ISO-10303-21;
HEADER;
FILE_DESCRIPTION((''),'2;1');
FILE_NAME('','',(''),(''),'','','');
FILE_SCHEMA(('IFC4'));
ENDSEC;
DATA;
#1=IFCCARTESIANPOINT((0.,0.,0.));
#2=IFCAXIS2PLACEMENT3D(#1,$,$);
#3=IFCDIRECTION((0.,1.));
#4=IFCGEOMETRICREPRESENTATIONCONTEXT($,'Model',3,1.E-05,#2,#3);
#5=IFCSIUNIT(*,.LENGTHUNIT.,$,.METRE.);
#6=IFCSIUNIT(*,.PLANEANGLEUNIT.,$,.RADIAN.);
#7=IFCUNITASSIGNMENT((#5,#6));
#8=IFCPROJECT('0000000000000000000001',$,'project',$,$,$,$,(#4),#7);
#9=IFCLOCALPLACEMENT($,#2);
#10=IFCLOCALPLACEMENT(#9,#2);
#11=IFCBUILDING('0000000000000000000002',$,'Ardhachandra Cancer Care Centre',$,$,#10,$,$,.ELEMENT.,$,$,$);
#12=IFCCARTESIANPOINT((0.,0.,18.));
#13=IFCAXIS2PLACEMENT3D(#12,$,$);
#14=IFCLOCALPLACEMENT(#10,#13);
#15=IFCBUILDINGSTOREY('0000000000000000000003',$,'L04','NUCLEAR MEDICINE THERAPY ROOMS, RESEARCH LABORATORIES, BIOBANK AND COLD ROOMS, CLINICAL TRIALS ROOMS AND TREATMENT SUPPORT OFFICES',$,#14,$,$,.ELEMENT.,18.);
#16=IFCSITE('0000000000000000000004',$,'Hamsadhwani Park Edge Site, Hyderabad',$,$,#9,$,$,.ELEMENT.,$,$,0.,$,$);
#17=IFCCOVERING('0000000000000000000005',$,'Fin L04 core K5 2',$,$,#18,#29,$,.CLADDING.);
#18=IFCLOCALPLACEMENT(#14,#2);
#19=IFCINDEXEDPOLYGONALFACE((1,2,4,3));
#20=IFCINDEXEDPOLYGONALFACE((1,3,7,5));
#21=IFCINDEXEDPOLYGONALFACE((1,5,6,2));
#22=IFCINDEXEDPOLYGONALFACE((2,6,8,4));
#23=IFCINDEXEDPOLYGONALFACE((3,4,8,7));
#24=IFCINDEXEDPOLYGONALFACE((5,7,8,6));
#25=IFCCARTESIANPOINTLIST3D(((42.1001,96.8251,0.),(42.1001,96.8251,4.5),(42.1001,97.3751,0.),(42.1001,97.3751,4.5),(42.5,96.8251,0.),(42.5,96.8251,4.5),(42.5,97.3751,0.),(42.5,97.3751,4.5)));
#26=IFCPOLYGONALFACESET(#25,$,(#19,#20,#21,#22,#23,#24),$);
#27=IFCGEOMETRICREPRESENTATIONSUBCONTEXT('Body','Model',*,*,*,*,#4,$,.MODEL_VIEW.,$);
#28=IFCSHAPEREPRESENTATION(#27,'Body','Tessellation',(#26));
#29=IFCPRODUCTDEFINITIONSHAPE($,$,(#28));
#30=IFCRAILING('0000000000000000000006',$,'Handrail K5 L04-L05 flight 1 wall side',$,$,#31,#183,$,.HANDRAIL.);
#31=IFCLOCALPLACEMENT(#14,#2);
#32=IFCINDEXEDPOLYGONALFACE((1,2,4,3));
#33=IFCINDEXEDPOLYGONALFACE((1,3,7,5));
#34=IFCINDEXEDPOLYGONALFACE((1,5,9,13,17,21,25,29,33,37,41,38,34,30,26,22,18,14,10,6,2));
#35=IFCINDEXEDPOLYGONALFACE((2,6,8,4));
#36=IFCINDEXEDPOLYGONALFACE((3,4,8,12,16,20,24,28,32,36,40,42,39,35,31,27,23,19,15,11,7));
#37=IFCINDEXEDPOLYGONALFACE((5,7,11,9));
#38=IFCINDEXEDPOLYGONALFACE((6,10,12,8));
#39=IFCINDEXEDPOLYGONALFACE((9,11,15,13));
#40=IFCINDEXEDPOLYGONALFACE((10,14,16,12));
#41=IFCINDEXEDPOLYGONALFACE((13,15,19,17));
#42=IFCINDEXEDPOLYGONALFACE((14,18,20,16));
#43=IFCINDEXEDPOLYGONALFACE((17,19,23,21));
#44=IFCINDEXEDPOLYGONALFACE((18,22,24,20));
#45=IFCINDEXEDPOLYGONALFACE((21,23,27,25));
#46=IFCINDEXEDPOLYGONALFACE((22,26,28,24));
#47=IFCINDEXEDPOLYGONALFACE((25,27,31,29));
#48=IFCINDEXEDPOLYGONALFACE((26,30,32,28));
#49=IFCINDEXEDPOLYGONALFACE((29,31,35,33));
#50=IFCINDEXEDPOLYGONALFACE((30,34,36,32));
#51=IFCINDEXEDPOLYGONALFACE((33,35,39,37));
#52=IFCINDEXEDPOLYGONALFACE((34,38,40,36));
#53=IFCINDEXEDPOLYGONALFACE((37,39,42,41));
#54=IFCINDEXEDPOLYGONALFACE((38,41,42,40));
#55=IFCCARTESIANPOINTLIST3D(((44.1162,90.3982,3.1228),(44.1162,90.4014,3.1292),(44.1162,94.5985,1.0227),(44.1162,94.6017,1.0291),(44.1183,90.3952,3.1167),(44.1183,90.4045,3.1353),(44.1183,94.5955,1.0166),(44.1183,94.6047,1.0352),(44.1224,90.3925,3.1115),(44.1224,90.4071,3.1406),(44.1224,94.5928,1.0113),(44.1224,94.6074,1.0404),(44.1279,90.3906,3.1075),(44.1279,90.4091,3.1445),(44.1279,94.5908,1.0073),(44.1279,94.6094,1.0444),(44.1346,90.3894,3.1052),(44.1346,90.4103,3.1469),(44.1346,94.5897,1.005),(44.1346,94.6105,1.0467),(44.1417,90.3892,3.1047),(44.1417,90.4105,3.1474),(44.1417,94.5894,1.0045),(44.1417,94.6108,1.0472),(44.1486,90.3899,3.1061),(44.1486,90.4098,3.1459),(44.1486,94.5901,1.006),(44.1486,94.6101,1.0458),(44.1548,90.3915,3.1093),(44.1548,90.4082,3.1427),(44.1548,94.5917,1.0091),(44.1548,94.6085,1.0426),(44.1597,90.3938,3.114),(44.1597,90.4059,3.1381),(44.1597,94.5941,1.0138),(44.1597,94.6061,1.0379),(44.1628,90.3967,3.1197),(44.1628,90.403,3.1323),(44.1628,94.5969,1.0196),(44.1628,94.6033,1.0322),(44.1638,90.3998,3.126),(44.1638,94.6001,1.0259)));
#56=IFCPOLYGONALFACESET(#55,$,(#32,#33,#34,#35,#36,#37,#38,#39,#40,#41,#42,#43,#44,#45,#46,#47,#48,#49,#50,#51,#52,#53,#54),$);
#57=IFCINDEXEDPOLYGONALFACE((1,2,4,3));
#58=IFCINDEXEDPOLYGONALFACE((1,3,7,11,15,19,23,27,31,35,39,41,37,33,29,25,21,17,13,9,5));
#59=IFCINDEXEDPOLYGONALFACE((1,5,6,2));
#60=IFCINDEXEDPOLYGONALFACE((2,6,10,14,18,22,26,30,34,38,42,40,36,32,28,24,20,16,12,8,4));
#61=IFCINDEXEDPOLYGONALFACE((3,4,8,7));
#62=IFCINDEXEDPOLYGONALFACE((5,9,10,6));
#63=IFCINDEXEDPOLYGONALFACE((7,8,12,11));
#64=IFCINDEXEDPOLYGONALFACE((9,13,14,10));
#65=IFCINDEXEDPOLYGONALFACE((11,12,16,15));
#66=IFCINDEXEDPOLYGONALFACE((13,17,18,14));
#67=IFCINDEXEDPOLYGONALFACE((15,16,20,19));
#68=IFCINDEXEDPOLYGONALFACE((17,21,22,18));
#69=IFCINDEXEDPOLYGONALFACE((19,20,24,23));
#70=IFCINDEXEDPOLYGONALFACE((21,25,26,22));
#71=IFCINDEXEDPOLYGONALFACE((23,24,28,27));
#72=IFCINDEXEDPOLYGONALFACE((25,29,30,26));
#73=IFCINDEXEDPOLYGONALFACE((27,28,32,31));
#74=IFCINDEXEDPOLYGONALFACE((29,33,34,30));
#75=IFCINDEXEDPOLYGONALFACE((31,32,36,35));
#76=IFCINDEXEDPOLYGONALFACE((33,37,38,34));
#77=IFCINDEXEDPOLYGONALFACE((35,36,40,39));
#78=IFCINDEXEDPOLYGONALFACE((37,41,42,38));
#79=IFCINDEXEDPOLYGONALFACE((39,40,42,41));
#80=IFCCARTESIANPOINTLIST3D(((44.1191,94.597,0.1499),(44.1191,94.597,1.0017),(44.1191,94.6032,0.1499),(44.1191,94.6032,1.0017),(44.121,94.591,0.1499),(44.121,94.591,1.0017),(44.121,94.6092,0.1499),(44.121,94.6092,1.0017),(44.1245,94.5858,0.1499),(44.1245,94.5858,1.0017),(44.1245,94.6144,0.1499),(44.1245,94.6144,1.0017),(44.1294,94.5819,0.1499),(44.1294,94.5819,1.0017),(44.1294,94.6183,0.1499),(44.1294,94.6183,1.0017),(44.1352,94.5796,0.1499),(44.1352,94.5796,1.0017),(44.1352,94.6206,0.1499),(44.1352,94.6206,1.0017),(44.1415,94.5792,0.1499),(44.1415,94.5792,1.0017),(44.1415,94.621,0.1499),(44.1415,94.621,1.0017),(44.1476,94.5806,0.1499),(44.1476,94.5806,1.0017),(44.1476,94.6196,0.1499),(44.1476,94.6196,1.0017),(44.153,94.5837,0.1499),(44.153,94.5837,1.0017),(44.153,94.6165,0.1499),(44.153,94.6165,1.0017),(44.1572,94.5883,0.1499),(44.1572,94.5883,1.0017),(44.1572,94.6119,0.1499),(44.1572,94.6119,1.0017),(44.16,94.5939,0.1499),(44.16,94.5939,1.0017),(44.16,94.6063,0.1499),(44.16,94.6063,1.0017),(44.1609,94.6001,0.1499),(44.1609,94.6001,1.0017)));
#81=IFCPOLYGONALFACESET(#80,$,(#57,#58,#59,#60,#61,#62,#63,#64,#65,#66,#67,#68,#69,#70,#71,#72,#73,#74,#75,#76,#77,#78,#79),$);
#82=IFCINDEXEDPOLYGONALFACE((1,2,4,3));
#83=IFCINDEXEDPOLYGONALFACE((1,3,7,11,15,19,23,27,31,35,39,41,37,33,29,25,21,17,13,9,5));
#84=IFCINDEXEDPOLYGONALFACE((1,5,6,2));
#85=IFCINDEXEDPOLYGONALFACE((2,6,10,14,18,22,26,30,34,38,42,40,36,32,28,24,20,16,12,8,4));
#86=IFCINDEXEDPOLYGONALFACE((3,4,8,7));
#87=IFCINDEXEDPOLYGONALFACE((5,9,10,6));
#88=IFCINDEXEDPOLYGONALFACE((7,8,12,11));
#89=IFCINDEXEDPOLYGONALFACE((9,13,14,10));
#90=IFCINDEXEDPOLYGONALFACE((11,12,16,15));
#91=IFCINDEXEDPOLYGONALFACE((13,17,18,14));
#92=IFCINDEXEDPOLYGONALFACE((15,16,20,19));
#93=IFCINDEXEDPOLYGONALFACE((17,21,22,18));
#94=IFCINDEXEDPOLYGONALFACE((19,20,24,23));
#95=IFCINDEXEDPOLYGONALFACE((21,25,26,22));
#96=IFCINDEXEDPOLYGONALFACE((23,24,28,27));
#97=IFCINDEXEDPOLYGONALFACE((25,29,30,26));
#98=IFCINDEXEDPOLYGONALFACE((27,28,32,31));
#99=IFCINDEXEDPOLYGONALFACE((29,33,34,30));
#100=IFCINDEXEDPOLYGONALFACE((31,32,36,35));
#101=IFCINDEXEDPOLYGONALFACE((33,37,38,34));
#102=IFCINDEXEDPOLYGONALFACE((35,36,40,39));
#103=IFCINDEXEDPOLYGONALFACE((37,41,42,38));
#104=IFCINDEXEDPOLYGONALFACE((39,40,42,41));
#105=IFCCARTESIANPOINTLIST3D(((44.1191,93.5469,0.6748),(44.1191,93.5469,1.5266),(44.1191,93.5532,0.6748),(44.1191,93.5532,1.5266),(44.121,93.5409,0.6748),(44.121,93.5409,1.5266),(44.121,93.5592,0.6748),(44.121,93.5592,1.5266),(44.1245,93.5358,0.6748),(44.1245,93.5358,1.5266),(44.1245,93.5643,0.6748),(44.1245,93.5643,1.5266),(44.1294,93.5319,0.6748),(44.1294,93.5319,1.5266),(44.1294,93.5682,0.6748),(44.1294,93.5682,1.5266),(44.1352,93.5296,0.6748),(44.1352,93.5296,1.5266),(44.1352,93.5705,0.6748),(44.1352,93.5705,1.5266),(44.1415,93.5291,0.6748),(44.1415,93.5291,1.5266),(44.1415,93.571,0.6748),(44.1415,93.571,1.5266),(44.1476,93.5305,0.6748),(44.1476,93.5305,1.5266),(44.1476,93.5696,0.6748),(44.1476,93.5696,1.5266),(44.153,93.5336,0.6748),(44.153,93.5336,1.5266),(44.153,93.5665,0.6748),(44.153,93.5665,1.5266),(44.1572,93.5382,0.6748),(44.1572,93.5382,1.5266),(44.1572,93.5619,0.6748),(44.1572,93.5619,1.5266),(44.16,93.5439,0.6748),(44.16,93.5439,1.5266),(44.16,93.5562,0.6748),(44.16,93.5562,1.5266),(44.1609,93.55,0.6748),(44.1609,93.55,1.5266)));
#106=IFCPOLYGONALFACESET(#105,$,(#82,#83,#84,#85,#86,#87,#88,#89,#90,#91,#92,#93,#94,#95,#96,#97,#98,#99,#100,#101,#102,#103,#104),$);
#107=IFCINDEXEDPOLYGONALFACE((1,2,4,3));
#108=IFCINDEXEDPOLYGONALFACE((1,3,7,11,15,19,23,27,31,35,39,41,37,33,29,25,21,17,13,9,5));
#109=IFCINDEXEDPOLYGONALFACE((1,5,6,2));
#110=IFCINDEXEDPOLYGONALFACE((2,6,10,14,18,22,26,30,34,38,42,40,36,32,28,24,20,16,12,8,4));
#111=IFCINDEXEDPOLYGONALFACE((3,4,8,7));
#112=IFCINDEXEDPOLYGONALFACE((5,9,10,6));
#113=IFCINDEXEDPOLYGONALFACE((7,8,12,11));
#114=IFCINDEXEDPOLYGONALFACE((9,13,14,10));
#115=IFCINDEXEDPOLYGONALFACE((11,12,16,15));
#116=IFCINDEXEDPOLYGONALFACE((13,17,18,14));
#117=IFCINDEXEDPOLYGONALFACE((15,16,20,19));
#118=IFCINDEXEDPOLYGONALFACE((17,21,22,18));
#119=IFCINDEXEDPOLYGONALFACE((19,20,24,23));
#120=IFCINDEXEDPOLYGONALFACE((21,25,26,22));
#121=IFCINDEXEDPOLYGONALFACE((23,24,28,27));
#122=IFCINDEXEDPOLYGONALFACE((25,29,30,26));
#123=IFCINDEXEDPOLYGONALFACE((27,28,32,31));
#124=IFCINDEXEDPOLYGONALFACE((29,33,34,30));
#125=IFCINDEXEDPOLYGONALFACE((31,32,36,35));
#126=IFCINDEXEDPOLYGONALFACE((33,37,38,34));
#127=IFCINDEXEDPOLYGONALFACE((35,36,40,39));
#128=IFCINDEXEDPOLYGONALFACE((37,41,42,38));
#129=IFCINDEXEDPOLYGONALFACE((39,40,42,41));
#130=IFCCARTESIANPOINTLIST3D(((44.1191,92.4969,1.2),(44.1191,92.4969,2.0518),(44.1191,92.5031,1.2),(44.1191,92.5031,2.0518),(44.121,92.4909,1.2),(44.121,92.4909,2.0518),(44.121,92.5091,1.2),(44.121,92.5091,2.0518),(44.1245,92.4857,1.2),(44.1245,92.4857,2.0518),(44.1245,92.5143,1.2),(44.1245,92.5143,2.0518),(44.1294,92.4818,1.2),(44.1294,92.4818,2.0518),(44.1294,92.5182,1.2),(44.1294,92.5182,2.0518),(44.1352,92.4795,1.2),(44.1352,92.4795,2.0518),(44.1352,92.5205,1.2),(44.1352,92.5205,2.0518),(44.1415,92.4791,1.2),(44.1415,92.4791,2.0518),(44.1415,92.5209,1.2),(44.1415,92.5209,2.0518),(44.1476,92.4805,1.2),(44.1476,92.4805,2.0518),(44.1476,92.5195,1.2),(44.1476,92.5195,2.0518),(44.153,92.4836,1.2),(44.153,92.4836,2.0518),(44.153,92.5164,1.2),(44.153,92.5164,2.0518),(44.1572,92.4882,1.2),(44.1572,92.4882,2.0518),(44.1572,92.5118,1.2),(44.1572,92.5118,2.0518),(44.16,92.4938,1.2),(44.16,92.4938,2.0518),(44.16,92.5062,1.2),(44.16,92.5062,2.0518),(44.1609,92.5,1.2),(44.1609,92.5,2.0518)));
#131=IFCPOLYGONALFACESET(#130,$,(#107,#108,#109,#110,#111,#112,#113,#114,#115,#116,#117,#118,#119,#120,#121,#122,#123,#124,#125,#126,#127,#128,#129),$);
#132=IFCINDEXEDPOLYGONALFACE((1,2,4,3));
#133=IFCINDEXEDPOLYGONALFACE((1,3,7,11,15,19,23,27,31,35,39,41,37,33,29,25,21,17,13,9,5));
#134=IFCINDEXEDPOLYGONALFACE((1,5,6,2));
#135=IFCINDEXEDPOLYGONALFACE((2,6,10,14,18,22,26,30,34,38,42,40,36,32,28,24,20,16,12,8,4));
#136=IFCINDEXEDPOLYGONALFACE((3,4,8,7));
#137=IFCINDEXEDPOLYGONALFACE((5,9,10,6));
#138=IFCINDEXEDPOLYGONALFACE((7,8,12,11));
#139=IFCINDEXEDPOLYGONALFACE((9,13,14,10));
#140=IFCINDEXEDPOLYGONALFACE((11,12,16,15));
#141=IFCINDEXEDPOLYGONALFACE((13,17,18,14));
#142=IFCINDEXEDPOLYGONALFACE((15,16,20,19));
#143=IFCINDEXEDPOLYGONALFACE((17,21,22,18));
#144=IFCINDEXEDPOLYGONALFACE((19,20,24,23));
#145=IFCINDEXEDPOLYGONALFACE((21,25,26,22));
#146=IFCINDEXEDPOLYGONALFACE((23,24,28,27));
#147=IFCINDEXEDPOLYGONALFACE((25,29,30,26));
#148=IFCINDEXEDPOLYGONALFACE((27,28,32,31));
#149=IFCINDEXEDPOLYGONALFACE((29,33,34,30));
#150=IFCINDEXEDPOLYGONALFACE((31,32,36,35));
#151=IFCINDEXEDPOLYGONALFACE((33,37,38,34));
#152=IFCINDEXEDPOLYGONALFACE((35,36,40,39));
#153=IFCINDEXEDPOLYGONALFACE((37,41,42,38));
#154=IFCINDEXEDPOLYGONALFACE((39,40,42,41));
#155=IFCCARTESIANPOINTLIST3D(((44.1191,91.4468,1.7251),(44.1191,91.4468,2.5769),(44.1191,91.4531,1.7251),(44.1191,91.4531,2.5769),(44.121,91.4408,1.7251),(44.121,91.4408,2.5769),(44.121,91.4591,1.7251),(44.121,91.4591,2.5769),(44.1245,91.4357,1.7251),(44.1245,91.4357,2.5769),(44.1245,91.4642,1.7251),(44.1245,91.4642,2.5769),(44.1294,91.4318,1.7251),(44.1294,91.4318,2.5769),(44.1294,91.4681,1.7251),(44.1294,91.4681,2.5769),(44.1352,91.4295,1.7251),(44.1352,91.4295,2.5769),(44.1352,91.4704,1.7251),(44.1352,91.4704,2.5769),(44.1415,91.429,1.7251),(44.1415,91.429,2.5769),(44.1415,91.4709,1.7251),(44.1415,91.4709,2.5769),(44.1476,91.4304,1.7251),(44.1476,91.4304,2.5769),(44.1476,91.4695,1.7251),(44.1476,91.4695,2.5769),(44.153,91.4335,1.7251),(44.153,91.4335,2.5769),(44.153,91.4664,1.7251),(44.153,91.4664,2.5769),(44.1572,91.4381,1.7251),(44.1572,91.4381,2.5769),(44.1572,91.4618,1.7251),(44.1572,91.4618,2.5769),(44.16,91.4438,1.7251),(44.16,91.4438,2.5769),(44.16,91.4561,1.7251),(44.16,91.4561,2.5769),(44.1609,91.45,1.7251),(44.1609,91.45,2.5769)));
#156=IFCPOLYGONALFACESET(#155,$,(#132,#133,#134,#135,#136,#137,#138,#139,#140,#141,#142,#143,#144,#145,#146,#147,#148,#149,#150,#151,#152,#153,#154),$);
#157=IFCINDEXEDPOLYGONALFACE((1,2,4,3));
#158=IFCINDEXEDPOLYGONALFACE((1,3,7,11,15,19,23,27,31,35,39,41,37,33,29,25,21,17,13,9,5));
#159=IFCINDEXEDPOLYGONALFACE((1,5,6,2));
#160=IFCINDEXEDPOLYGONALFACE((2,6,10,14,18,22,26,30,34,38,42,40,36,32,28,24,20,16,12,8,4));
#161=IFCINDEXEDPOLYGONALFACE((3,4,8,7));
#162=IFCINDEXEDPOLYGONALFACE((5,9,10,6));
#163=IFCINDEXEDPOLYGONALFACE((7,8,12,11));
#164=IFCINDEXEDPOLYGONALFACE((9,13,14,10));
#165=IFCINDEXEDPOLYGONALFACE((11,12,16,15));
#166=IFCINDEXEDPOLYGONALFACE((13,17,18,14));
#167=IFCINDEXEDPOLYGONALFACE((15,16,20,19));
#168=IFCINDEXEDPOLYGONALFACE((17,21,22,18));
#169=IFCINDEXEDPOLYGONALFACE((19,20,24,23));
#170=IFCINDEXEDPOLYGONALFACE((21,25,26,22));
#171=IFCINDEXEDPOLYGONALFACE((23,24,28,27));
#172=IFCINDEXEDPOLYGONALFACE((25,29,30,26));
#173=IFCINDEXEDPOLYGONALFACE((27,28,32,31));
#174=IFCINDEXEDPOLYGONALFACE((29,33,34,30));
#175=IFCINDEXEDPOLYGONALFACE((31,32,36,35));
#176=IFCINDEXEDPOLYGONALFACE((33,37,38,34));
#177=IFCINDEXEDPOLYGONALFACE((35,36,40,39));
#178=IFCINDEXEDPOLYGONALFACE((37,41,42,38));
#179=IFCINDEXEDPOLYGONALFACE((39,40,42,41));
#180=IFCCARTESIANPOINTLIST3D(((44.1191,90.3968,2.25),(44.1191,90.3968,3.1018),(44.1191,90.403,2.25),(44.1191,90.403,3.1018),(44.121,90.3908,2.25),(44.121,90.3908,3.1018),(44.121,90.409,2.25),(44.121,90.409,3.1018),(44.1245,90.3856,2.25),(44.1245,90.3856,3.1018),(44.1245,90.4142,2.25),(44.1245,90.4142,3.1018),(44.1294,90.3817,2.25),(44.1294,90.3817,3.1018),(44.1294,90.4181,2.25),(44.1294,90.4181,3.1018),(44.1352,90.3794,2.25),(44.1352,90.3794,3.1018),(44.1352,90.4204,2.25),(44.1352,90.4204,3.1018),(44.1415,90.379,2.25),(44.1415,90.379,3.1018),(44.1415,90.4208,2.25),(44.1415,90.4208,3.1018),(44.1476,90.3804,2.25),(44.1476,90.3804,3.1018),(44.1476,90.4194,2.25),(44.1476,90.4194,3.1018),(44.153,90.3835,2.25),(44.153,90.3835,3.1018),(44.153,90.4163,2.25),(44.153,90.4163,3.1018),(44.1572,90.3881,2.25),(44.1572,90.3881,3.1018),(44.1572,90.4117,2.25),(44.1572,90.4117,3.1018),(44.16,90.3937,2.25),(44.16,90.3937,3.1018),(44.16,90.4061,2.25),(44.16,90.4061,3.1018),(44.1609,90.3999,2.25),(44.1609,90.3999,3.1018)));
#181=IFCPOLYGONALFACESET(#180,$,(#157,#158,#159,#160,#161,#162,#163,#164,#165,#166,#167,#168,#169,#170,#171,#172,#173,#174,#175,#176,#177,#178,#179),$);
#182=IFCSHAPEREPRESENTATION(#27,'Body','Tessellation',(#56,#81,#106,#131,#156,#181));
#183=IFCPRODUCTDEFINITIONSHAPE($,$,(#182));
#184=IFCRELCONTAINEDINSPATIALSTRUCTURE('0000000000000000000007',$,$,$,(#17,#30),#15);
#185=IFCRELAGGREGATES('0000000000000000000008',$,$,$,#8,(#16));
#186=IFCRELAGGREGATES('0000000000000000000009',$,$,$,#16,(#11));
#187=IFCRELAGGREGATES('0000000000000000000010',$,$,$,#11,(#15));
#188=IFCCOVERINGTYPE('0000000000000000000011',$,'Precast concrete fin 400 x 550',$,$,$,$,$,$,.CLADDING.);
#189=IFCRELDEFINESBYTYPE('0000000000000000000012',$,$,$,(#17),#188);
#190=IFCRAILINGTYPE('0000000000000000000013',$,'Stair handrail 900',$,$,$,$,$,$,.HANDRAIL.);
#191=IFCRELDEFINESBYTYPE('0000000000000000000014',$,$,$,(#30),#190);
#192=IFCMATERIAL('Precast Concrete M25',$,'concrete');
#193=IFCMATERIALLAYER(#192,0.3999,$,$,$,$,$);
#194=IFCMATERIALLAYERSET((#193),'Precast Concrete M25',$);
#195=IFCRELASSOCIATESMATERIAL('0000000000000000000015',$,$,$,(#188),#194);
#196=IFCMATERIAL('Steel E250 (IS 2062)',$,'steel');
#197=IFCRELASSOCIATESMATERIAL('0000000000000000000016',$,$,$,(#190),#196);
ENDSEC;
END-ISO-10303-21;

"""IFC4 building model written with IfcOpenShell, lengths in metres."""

from ifc_helpers import new_model, si_unit, direction, frame, origin, origin_2d, place, context, subcontext, project, spatial, rectangle, circle, extrude, material, layer, layer_set, type_object, element, save


model = new_model("IFC4")

# Units and contexts
model_context = context("Model", 3, precision=1e-05, world=origin(), true_north=direction((0.0, 1.0)))
body_context = subcontext(model_context, "Body", "Model", "MODEL_VIEW")
ifc_project = project(units=[si_unit("LENGTHUNIT", "METRE"), si_unit("PLANEANGLEUNIT", "RADIAN")], contexts=[model_context])

# Site, building, storey
site_placement = place(None, origin())
site = spatial("IfcSite", under=ifc_project, at=site_placement, Name="Hamsadhwani Park Edge Site, Hyderabad", CompositionType="ELEMENT", RefElevation=0.0)
building_placement = place(site_placement, origin())
building = spatial("IfcBuilding", under=site, at=building_placement, Name="Ardhachandra Cancer Care Centre", CompositionType="ELEMENT")
storey_placement = place(building_placement, frame((0.0, 0.0, 18.0)))
storey = spatial("IfcBuildingStorey", under=building, at=storey_placement, Name="L04", Description="NUCLEAR MEDICINE THERAPY ROOMS, RESEARCH LABORATORIES, BIOBANK AND COLD ROOMS, CLINICAL TRIALS ROOMS AND TREATMENT SUPPORT OFFICES", CompositionType="ELEMENT", Elevation=18.0)

# Covering
ifc_material_1 = material(Name="Precast Concrete M25", Category="concrete")
ifc_layer_1 = layer(ifc_material_1, 0.3999)
ifc_layer_set_1 = layer_set([ifc_layer_1], Name="Precast Concrete M25")
covering_type = type_object("IfcCoveringType", Name="Precast concrete fin 400 x 550", PredefinedType="CLADDING", material=ifc_layer_set_1)
for number, where, z_axis, x_axis, name in (
    (1, (42.3, 97.1001, 0.0), (0.0, 0.0, 1.0), (1.0, 0.0, 0.0), "Fin L04 core K5 2"),
):
    element("IfcCovering", number, at=place(storey_placement, frame(where, z_axis=z_axis, x_axis=x_axis)), inside=storey, type_object=covering_type, Name=name, PredefinedType="CLADDING", context=body_context, shape_type="SweptSolid", body=[
        extrude(rectangle(XDim=0.3999, YDim=0.55, at=origin_2d()), origin(), (0.0, 0.0, 1.0), 4.5),
    ])

# Railing
ifc_material_2 = material(Name="Steel E250 (IS 2062)", Category="steel")
railing_type_1 = type_object("IfcRailingType", Name="Stair handrail 900", PredefinedType="HANDRAIL", material=ifc_material_2)
for number, where, name in (
    (2, (44.1399, 94.6001, 0.1499), "Handrail K5 L04-L05 flight 1 wall side"),
):
    element("IfcRailing", number, at=place(storey_placement, frame(where)), inside=storey, type_object=railing_type_1, Name=name, PredefinedType="HANDRAIL", context=body_context, shape_type="SweptSolid", body=[
        extrude(circle(Radius=0.0239, at=origin_2d()), frame((0.0, 0.0, 0.876), z_axis=(0.0, -0.894427, 0.447214), x_axis=(1.0, 0.0, 0.0)), (0.0, 0.0, 1.0), 4.696),
        extrude(circle(Radius=0.021, at=origin_2d()), origin(), (0.0, 0.0, 1.0), 0.8518),
        extrude(circle(Radius=0.021, at=origin_2d()), frame((0.0, -1.05, 0.5249)), (0.0, 0.0, 1.0), 0.8518),
        extrude(circle(Radius=0.021, at=origin_2d()), frame((0.0, -2.1001, 1.05)), (0.0, 0.0, 1.0), 0.8518),
        extrude(circle(Radius=0.021, at=origin_2d()), frame((0.0, -3.1501, 1.5752)), (0.0, 0.0, 1.0), 0.8518),
        extrude(circle(Radius=0.021, at=origin_2d()), frame((0.0, -4.2002, 2.1001)), (0.0, 0.0, 1.0), 0.8518),
    ])

save(model, "model.ifc")
